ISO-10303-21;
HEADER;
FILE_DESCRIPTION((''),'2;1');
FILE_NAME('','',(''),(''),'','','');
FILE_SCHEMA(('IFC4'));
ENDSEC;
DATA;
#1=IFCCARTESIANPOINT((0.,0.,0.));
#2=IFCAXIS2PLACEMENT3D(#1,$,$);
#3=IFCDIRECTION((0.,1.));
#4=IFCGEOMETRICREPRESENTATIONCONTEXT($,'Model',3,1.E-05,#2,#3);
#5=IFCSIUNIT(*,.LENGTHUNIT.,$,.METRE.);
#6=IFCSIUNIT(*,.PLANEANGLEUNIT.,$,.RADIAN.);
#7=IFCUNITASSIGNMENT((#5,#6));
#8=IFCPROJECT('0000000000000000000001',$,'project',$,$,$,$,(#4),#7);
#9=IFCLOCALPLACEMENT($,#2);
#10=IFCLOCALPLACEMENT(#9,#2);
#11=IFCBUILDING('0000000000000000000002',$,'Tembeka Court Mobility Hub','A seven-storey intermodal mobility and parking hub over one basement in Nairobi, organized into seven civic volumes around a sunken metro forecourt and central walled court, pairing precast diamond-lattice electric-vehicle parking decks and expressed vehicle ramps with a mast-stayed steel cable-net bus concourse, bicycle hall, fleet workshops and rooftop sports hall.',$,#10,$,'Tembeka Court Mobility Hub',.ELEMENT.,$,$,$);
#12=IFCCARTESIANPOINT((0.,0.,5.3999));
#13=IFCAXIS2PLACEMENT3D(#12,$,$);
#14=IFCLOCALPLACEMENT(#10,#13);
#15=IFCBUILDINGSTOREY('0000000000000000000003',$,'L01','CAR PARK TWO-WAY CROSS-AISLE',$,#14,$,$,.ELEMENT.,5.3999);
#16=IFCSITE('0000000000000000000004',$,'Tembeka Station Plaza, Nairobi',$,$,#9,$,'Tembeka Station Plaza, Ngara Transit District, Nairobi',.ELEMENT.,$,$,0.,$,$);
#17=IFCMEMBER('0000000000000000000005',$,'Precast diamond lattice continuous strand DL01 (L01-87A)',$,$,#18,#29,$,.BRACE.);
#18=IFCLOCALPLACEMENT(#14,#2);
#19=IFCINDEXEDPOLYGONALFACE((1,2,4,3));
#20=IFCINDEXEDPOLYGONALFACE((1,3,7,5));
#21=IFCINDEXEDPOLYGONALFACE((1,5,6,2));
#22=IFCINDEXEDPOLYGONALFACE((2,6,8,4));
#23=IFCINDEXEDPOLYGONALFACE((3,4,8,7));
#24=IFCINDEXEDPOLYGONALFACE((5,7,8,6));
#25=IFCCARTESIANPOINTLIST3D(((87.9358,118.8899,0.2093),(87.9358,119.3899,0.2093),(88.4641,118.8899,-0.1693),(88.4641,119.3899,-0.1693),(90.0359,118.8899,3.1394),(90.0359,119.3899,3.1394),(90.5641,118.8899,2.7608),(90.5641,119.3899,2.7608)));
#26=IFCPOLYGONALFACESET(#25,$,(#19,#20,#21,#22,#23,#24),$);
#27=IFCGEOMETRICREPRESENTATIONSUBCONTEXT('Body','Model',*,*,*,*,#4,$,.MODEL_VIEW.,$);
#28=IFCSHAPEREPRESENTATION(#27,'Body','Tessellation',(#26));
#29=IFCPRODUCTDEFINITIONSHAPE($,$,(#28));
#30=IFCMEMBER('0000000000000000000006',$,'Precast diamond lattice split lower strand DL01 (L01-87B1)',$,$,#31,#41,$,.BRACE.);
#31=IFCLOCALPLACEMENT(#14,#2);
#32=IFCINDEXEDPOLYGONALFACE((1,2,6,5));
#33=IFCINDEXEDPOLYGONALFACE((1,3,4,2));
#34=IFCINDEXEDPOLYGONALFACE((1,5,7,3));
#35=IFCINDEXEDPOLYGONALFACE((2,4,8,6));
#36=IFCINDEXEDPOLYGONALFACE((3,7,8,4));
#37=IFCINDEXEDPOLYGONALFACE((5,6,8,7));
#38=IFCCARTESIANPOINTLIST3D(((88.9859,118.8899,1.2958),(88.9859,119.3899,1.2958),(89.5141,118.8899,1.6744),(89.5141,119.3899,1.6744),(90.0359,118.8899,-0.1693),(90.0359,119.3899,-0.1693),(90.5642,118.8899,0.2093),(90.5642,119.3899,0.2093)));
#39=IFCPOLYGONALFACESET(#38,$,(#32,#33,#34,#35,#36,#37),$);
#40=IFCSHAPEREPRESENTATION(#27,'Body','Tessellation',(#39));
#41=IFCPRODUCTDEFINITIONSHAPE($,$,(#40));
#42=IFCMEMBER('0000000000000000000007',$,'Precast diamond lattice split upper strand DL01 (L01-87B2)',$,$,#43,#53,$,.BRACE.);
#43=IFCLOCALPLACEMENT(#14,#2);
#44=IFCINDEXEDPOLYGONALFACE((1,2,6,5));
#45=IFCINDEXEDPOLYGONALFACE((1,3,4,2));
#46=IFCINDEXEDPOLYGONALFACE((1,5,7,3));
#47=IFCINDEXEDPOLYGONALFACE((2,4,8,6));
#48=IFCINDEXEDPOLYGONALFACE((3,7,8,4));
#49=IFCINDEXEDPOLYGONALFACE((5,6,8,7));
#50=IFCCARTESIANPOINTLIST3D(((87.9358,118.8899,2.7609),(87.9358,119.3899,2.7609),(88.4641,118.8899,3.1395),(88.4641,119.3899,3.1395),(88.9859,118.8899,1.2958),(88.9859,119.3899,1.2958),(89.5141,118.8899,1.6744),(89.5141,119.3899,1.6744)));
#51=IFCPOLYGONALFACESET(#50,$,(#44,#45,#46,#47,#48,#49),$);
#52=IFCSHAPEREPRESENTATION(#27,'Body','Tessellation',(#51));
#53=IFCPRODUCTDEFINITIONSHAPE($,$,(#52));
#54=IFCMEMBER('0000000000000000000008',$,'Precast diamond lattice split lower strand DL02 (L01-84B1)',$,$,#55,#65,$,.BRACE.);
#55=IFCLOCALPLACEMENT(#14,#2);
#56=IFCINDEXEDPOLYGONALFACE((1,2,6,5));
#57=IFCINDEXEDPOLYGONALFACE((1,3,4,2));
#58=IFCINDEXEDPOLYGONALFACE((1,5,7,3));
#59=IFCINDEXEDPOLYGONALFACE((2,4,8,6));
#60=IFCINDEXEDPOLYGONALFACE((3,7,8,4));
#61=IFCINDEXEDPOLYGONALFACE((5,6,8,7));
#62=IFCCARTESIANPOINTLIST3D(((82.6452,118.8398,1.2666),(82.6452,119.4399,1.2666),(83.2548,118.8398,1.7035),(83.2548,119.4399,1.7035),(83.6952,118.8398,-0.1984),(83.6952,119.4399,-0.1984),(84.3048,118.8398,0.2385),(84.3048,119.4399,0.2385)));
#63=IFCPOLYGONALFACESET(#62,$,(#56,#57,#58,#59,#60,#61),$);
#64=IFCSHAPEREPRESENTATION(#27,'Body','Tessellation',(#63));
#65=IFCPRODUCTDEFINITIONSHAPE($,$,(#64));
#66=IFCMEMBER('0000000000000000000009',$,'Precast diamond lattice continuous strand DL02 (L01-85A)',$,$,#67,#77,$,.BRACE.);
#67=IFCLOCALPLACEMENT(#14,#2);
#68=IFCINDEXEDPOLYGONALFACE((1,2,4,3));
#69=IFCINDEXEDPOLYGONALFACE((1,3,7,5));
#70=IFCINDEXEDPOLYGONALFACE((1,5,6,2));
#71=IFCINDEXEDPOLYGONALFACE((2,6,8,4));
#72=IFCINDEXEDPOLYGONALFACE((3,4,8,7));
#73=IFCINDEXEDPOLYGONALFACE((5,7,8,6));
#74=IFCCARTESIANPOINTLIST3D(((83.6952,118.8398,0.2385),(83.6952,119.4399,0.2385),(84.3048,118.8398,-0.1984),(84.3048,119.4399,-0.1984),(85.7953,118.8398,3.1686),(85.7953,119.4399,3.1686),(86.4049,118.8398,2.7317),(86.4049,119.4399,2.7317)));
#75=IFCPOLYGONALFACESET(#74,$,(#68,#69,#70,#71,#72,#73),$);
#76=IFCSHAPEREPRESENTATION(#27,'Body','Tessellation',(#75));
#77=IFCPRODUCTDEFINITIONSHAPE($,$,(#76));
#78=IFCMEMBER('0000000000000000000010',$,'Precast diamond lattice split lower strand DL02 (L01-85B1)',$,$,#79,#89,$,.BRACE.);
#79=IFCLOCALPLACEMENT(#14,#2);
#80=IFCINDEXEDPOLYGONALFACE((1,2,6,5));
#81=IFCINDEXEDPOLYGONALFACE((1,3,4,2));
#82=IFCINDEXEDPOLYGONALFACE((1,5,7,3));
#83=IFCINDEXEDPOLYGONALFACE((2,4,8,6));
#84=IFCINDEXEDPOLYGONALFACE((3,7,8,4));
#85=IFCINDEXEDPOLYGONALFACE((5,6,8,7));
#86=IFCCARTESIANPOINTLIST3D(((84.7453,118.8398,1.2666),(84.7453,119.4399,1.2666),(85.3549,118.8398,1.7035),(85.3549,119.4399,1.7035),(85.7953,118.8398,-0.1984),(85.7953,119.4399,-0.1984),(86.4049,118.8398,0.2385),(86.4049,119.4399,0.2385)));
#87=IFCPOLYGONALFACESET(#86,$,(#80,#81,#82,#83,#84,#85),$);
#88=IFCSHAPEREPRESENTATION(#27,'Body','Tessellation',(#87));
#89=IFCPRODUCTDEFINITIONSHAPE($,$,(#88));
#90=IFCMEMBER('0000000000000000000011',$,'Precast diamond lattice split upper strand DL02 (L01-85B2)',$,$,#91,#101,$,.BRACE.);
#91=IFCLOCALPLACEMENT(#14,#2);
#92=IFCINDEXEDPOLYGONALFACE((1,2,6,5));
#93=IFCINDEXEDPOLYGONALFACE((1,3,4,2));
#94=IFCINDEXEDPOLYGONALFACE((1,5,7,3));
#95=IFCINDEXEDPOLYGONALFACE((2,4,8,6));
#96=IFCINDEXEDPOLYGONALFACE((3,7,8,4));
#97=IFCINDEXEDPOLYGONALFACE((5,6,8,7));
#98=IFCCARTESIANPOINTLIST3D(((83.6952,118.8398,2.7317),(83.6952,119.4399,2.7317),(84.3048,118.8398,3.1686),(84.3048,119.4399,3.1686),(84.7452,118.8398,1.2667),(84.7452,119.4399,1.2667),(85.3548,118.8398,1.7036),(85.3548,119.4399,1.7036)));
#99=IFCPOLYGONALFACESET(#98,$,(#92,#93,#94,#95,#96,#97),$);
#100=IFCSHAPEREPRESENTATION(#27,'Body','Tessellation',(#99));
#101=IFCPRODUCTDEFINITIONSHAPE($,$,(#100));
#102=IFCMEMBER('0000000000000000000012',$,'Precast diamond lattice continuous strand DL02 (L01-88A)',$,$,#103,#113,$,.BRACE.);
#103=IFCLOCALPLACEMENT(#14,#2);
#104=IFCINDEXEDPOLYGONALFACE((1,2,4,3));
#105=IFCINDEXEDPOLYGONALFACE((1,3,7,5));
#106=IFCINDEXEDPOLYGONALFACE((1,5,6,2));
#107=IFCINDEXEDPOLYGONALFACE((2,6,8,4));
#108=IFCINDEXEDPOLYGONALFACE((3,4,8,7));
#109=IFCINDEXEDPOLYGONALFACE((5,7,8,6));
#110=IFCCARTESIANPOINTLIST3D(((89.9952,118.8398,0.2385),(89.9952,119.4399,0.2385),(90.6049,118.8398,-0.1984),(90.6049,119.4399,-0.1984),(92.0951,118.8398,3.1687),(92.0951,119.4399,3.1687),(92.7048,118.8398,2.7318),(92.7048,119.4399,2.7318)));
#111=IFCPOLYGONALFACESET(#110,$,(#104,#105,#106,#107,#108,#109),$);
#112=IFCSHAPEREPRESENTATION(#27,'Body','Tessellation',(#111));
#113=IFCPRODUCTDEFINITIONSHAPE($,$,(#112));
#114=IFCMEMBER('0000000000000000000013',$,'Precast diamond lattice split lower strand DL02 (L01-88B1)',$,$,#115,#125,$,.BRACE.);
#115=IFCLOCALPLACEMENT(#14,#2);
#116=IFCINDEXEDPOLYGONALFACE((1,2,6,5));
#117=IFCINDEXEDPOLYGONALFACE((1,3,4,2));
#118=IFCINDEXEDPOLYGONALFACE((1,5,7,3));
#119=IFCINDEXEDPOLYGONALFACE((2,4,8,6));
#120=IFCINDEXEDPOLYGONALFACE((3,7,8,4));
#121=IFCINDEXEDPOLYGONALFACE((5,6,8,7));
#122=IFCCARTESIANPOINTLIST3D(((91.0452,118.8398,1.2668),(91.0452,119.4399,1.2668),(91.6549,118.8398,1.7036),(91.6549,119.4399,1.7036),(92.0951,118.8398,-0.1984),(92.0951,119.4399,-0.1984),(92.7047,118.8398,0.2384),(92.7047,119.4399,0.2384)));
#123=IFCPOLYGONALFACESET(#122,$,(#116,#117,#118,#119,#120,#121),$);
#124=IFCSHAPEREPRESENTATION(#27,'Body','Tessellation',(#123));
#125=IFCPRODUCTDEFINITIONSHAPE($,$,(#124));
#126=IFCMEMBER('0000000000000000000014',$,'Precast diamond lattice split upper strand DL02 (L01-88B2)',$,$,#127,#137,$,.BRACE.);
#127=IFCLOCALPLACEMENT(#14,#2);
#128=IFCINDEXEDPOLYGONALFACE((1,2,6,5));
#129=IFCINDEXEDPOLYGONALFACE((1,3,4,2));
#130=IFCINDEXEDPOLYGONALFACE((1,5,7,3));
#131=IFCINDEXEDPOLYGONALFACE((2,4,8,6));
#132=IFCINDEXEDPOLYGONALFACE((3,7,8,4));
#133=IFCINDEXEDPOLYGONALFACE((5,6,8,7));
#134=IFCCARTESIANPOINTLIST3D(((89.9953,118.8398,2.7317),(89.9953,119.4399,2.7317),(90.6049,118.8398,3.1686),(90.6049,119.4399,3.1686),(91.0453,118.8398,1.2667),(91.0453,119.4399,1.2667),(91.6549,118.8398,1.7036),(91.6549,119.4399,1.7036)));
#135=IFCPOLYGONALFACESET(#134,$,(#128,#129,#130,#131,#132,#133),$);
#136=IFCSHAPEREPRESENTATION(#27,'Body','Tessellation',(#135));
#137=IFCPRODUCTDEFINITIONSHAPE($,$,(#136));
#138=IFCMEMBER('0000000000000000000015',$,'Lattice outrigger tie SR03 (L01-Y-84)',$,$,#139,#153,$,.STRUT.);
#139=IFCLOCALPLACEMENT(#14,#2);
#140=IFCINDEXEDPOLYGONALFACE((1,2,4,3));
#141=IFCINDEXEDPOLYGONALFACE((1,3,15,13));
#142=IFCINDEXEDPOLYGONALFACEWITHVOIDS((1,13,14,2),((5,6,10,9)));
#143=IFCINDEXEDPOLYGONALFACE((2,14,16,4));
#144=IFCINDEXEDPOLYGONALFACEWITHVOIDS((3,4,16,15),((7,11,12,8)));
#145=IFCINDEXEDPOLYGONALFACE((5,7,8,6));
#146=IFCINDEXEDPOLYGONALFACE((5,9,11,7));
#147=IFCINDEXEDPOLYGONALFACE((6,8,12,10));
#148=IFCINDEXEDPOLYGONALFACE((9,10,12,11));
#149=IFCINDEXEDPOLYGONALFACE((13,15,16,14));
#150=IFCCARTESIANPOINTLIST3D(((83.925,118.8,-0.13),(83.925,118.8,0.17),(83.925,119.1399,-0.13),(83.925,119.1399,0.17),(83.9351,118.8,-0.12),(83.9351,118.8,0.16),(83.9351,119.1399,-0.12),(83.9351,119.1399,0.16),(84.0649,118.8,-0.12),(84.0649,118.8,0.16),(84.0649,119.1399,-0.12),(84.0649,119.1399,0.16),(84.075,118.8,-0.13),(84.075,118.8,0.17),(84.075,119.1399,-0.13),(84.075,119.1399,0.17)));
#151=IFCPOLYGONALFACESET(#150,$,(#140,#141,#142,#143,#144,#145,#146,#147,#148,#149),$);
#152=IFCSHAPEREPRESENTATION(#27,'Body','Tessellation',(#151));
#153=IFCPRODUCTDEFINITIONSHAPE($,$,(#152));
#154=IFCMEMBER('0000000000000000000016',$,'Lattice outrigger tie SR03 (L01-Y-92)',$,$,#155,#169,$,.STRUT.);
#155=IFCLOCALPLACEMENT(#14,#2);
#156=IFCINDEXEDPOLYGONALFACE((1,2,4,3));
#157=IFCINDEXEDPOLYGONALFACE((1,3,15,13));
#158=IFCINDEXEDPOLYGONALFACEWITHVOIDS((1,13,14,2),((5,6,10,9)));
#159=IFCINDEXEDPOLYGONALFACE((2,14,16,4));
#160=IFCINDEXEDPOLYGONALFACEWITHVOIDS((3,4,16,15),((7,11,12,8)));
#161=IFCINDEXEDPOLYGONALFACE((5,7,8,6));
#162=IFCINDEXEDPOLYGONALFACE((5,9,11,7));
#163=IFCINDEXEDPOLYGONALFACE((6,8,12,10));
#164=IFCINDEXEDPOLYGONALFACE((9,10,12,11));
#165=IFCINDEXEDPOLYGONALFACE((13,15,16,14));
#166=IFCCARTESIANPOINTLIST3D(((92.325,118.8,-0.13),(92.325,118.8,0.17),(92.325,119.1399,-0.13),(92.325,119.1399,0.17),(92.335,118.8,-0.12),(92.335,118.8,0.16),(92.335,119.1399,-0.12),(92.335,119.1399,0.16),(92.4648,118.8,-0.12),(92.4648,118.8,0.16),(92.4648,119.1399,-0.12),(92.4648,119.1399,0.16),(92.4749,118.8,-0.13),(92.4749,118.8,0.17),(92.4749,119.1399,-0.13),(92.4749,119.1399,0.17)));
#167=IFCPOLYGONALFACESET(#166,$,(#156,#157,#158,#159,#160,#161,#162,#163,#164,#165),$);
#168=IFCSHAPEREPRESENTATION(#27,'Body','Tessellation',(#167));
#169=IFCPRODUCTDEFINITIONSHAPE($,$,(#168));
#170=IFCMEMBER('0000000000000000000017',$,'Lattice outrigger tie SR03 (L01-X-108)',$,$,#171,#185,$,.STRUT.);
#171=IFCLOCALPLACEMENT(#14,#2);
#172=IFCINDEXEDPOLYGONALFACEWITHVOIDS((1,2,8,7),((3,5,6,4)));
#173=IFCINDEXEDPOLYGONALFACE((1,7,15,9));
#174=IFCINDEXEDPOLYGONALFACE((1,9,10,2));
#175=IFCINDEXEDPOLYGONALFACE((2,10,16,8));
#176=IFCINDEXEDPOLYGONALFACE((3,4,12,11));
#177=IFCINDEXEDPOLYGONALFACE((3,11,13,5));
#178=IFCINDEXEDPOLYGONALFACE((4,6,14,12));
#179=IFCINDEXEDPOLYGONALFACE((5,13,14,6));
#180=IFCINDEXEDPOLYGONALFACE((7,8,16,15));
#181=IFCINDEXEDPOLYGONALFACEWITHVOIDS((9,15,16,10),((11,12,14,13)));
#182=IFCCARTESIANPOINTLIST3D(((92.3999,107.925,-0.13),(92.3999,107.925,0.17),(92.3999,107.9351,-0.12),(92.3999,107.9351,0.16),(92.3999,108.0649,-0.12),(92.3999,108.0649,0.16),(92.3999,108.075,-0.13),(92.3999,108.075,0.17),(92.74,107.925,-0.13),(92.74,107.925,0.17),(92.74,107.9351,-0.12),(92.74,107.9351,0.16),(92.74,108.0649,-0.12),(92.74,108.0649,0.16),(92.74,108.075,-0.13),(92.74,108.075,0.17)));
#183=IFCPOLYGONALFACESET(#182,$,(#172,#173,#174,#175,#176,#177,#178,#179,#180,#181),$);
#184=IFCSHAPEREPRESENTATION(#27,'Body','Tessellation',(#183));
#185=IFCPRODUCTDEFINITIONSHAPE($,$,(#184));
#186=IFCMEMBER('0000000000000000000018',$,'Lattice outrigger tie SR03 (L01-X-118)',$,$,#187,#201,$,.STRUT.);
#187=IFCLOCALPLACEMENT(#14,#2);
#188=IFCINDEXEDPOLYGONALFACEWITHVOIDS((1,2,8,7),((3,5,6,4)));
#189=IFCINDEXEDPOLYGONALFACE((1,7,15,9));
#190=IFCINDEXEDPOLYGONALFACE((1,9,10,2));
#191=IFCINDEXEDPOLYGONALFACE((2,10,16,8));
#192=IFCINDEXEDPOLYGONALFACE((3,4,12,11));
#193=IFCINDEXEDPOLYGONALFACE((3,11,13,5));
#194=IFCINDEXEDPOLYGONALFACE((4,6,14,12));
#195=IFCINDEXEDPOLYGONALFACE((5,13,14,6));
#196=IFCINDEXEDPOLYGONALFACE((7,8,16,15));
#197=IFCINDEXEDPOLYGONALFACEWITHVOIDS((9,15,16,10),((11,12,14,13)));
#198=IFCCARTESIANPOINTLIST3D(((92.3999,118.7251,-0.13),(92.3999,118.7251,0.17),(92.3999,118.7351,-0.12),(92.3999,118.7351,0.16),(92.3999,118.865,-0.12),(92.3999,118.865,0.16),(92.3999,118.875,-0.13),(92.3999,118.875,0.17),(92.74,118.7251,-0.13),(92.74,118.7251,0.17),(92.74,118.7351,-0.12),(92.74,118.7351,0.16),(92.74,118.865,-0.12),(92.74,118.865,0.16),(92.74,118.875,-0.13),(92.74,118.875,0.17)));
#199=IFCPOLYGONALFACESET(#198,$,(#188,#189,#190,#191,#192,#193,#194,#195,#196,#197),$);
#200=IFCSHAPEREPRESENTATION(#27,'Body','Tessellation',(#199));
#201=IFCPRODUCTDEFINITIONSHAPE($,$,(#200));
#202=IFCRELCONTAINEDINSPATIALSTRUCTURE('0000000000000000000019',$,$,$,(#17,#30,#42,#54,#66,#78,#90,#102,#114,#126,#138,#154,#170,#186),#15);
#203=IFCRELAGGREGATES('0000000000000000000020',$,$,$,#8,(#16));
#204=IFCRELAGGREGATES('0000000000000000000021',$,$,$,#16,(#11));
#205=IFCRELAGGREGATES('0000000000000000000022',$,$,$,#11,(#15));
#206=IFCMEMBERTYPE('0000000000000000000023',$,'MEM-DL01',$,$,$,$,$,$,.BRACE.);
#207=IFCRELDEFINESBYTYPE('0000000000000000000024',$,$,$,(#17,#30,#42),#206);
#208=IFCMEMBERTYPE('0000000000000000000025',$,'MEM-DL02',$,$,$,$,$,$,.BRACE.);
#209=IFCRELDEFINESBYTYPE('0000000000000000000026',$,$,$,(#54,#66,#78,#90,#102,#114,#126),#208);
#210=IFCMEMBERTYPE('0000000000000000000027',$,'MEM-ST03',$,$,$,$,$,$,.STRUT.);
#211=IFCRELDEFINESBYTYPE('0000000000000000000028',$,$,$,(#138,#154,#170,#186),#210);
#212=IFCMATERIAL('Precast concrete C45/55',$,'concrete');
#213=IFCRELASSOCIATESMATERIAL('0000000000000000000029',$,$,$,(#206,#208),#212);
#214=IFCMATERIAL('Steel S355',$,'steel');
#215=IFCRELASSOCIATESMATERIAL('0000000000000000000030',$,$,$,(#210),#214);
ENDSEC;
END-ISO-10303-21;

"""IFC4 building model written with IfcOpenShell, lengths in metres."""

from ifc_helpers import new_model, si_unit, direction, frame, origin, origin_2d, place, context, subcontext, project, spatial, rectangle, hollow_rectangle, extrude, material, material_profile, profile_set, type_object, element, save


model = new_model("IFC4")

# Units and contexts
model_context = context("Model", 3, precision=1e-05, world=origin(), true_north=direction((0.0, 1.0)))
body_context = subcontext(model_context, "Body", "Model", "MODEL_VIEW")
ifc_project = project(units=[si_unit("LENGTHUNIT", "METRE"), si_unit("PLANEANGLEUNIT", "RADIAN")], contexts=[model_context])

# Site, building, storey
site_placement = place(None, origin())
site = spatial("IfcSite", under=ifc_project, at=site_placement, Name="Tembeka Station Plaza, Nairobi", LongName="Tembeka Station Plaza, Ngara Transit District, Nairobi", CompositionType="ELEMENT", RefElevation=0.0)
building_placement = place(site_placement, origin())
building = spatial("IfcBuilding", under=site, at=building_placement, Name="Tembeka Court Mobility Hub", Description="A seven-storey intermodal mobility and parking hub over one basement in Nairobi, organized into seven civic volumes around a sunken metro forecourt and central walled court, pairing precast diamond-lattice electric-vehicle parking decks and expressed vehicle ramps with a mast-stayed steel cable-net bus concourse, bicycle hall, fleet workshops and rooftop sports hall.", LongName="Tembeka Court Mobility Hub", CompositionType="ELEMENT")
storey_placement = place(building_placement, frame((0.0, 0.0, 5.3999)))
storey = spatial("IfcBuildingStorey", under=building, at=storey_placement, Name="L01", Description="CAR PARK TWO-WAY CROSS-AISLE", CompositionType="ELEMENT", Elevation=5.3999)

# Shared definitions
ifc_material_1 = material(Name="Steel S355", Category="steel")

# Shared definitions
ifc_material_2 = material(Name="Precast concrete C45/55", Category="concrete")

# Members
ifc_material_profile_1 = material_profile(ifc_material_2, rectangle(XDim=0.5, YDim=0.6499, at=origin_2d()), Name="PC-DIAG 500x650")
ifc_profile_set_1 = profile_set([ifc_material_profile_1], Name="Precast concrete C45/55")
member_type_1 = type_object("IfcMemberType", Name="MEM-DL01", PredefinedType="BRACE", material=ifc_profile_set_1)
member_1_placement = place(storey_placement, frame((88.2, 119.1399, 0.02), z_axis=(0.582544, 0.0, 0.812799), x_axis=(0.0, 1.0, 0.0)))
element("IfcMember", 1, at=member_1_placement, inside=storey, type_object=member_type_1, Name="Precast diamond lattice continuous strand DL01 (L01-87A)", PredefinedType="BRACE", context=body_context, shape_type="SweptSolid", body=[
    extrude(rectangle(XDim=0.5, YDim=0.6499, at=origin_2d()), origin(), (0.0, 0.0, 1.0), 3.605),
])
for number, where, z_axis, x_axis, name in (
    (2, (90.3, 119.1399, 0.02), (-0.582544, 0.0, 0.812799), (0.0, -1.0, 0.0), "Precast diamond lattice split lower strand DL01 (L01-87B1)"),
    (3, (89.25, 119.1399, 1.4851), (-0.582544, 0.0, 0.812799), (0.0, -1.0, 0.0), "Precast diamond lattice split upper strand DL01 (L01-87B2)"),
):
    element("IfcMember", number, at=place(storey_placement, frame(where, z_axis=z_axis, x_axis=x_axis)), inside=storey, type_object=member_type_1, Name=name, PredefinedType="BRACE", context=body_context, shape_type="SweptSolid", body=[
        extrude(rectangle(XDim=0.5, YDim=0.6499, at=origin_2d()), origin(), (0.0, 0.0, 1.0), 1.8025),
    ])
ifc_material_profile_2 = material_profile(ifc_material_2, rectangle(XDim=0.6001, YDim=0.75, at=origin_2d()), Name="PC-DIAG 600x750")
ifc_profile_set_2 = profile_set([ifc_material_profile_2], Name="Precast concrete C45/55")
member_type_2 = type_object("IfcMemberType", Name="MEM-DL02", PredefinedType="BRACE", material=ifc_profile_set_2)
member_2_placement = place(storey_placement, frame((84.0, 119.1399, 0.02), z_axis=(-0.582544, 0.0, 0.812799), x_axis=(0.0, -1.0, 0.0)))
element("IfcMember", 4, at=member_2_placement, inside=storey, type_object=member_type_2, Name="Precast diamond lattice split lower strand DL02 (L01-84B1)", PredefinedType="BRACE", context=body_context, shape_type="SweptSolid", body=[
    extrude(rectangle(XDim=0.6001, YDim=0.75, at=origin_2d()), origin(), (0.0, 0.0, 1.0), 1.8025),
])
member_3_placement = place(storey_placement, frame((84.0, 119.1399, 0.02), z_axis=(0.582544, 0.0, 0.812799), x_axis=(0.0, 1.0, 0.0)))
element("IfcMember", 5, at=member_3_placement, inside=storey, type_object=member_type_2, Name="Precast diamond lattice continuous strand DL02 (L01-85A)", PredefinedType="BRACE", context=body_context, shape_type="SweptSolid", body=[
    extrude(rectangle(XDim=0.6001, YDim=0.75, at=origin_2d()), origin(), (0.0, 0.0, 1.0), 3.605),
])
for number, where, z_axis, x_axis, name in (
    (6, (86.1001, 119.1399, 0.02), (-0.582544, 0.0, 0.812799), (0.0, -1.0, 0.0), "Precast diamond lattice split lower strand DL02 (L01-85B1)"),
    (7, (85.05, 119.1399, 1.4851), (-0.582544, 0.0, 0.812799), (0.0, -1.0, 0.0), "Precast diamond lattice split upper strand DL02 (L01-85B2)"),
):
    element("IfcMember", number, at=place(storey_placement, frame(where, z_axis=z_axis, x_axis=x_axis)), inside=storey, type_object=member_type_2, Name=name, PredefinedType="BRACE", context=body_context, shape_type="SweptSolid", body=[
        extrude(rectangle(XDim=0.6001, YDim=0.75, at=origin_2d()), origin(), (0.0, 0.0, 1.0), 1.8025),
    ])
member_4_placement = place(storey_placement, frame((90.3, 119.1399, 0.02), z_axis=(0.5825, 0.0, 0.812831), x_axis=(0.0, 1.0, 0.0)))
element("IfcMember", 8, at=member_4_placement, inside=storey, type_object=member_type_2, Name="Precast diamond lattice continuous strand DL02 (L01-88A)", PredefinedType="BRACE", context=body_context, shape_type="SweptSolid", body=[
    extrude(rectangle(XDim=0.6001, YDim=0.75, at=origin_2d()), origin(), (0.0, 0.0, 1.0), 3.605),
])
for number, where, z_axis, x_axis, name in (
    (9, (92.3999, 119.1399, 0.02), (-0.582455, 0.0, 0.812863), (0.0, -1.0, 0.0), "Precast diamond lattice split lower strand DL02 (L01-88B1)"),
    (10, (91.3501, 119.1399, 1.4851), (-0.582544, 0.0, 0.812799), (0.0, -1.0, 0.0), "Precast diamond lattice split upper strand DL02 (L01-88B2)"),
):
    element("IfcMember", number, at=place(storey_placement, frame(where, z_axis=z_axis, x_axis=x_axis)), inside=storey, type_object=member_type_2, Name=name, PredefinedType="BRACE", context=body_context, shape_type="SweptSolid", body=[
        extrude(rectangle(XDim=0.6001, YDim=0.75, at=origin_2d()), origin(), (0.0, 0.0, 1.0), 1.8025),
    ])
ifc_material_profile_3 = material_profile(ifc_material_1, hollow_rectangle(XDim=0.1499, YDim=0.3, WallThickness=0.01, at=origin_2d()), Name="RHS 300x150x10")
ifc_profile_set_3 = profile_set([ifc_material_profile_3], Name="Steel S355")
member_type_3 = type_object("IfcMemberType", Name="MEM-ST03", PredefinedType="STRUT", material=ifc_profile_set_3)
for number, where, z_axis, x_axis, name in (
    (11, (84.0, 118.8, 0.02), (0.0, 1.0, 0.0), (-1.0, 0.0, 0.0), "Lattice outrigger tie SR03 (L01-Y-84)"),
    (12, (92.3999, 118.8, 0.02), (0.0, 1.0, 0.0), (-1.0, 0.0, 0.0), "Lattice outrigger tie SR03 (L01-Y-92)"),
):
    element("IfcMember", number, at=place(storey_placement, frame(where, z_axis=z_axis, x_axis=x_axis)), inside=storey, type_object=member_type_3, Name=name, PredefinedType="STRUT", context=body_context, shape_type="SweptSolid", body=[
        extrude(hollow_rectangle(XDim=0.1499, YDim=0.3, WallThickness=0.01, at=origin_2d()), origin(), (0.0, 0.0, 1.0), 0.3398),
    ])
for number, where, z_axis, x_axis, name in (
    (13, (92.3999, 108.0, 0.02), (1.0, 0.0, 0.0), (0.0, 1.0, 0.0), "Lattice outrigger tie SR03 (L01-X-108)"),
    (14, (92.3999, 118.8, 0.02), (1.0, 0.0, 0.0), (0.0, 1.0, 0.0), "Lattice outrigger tie SR03 (L01-X-118)"),
):
    element("IfcMember", number, at=place(storey_placement, frame(where, z_axis=z_axis, x_axis=x_axis)), inside=storey, type_object=member_type_3, Name=name, PredefinedType="STRUT", context=body_context, shape_type="SweptSolid", body=[
        extrude(hollow_rectangle(XDim=0.1499, YDim=0.3, WallThickness=0.01, at=origin_2d()), origin(), (0.0, 0.0, 1.0), 0.3401),
    ])

save(model, "model.ifc")
